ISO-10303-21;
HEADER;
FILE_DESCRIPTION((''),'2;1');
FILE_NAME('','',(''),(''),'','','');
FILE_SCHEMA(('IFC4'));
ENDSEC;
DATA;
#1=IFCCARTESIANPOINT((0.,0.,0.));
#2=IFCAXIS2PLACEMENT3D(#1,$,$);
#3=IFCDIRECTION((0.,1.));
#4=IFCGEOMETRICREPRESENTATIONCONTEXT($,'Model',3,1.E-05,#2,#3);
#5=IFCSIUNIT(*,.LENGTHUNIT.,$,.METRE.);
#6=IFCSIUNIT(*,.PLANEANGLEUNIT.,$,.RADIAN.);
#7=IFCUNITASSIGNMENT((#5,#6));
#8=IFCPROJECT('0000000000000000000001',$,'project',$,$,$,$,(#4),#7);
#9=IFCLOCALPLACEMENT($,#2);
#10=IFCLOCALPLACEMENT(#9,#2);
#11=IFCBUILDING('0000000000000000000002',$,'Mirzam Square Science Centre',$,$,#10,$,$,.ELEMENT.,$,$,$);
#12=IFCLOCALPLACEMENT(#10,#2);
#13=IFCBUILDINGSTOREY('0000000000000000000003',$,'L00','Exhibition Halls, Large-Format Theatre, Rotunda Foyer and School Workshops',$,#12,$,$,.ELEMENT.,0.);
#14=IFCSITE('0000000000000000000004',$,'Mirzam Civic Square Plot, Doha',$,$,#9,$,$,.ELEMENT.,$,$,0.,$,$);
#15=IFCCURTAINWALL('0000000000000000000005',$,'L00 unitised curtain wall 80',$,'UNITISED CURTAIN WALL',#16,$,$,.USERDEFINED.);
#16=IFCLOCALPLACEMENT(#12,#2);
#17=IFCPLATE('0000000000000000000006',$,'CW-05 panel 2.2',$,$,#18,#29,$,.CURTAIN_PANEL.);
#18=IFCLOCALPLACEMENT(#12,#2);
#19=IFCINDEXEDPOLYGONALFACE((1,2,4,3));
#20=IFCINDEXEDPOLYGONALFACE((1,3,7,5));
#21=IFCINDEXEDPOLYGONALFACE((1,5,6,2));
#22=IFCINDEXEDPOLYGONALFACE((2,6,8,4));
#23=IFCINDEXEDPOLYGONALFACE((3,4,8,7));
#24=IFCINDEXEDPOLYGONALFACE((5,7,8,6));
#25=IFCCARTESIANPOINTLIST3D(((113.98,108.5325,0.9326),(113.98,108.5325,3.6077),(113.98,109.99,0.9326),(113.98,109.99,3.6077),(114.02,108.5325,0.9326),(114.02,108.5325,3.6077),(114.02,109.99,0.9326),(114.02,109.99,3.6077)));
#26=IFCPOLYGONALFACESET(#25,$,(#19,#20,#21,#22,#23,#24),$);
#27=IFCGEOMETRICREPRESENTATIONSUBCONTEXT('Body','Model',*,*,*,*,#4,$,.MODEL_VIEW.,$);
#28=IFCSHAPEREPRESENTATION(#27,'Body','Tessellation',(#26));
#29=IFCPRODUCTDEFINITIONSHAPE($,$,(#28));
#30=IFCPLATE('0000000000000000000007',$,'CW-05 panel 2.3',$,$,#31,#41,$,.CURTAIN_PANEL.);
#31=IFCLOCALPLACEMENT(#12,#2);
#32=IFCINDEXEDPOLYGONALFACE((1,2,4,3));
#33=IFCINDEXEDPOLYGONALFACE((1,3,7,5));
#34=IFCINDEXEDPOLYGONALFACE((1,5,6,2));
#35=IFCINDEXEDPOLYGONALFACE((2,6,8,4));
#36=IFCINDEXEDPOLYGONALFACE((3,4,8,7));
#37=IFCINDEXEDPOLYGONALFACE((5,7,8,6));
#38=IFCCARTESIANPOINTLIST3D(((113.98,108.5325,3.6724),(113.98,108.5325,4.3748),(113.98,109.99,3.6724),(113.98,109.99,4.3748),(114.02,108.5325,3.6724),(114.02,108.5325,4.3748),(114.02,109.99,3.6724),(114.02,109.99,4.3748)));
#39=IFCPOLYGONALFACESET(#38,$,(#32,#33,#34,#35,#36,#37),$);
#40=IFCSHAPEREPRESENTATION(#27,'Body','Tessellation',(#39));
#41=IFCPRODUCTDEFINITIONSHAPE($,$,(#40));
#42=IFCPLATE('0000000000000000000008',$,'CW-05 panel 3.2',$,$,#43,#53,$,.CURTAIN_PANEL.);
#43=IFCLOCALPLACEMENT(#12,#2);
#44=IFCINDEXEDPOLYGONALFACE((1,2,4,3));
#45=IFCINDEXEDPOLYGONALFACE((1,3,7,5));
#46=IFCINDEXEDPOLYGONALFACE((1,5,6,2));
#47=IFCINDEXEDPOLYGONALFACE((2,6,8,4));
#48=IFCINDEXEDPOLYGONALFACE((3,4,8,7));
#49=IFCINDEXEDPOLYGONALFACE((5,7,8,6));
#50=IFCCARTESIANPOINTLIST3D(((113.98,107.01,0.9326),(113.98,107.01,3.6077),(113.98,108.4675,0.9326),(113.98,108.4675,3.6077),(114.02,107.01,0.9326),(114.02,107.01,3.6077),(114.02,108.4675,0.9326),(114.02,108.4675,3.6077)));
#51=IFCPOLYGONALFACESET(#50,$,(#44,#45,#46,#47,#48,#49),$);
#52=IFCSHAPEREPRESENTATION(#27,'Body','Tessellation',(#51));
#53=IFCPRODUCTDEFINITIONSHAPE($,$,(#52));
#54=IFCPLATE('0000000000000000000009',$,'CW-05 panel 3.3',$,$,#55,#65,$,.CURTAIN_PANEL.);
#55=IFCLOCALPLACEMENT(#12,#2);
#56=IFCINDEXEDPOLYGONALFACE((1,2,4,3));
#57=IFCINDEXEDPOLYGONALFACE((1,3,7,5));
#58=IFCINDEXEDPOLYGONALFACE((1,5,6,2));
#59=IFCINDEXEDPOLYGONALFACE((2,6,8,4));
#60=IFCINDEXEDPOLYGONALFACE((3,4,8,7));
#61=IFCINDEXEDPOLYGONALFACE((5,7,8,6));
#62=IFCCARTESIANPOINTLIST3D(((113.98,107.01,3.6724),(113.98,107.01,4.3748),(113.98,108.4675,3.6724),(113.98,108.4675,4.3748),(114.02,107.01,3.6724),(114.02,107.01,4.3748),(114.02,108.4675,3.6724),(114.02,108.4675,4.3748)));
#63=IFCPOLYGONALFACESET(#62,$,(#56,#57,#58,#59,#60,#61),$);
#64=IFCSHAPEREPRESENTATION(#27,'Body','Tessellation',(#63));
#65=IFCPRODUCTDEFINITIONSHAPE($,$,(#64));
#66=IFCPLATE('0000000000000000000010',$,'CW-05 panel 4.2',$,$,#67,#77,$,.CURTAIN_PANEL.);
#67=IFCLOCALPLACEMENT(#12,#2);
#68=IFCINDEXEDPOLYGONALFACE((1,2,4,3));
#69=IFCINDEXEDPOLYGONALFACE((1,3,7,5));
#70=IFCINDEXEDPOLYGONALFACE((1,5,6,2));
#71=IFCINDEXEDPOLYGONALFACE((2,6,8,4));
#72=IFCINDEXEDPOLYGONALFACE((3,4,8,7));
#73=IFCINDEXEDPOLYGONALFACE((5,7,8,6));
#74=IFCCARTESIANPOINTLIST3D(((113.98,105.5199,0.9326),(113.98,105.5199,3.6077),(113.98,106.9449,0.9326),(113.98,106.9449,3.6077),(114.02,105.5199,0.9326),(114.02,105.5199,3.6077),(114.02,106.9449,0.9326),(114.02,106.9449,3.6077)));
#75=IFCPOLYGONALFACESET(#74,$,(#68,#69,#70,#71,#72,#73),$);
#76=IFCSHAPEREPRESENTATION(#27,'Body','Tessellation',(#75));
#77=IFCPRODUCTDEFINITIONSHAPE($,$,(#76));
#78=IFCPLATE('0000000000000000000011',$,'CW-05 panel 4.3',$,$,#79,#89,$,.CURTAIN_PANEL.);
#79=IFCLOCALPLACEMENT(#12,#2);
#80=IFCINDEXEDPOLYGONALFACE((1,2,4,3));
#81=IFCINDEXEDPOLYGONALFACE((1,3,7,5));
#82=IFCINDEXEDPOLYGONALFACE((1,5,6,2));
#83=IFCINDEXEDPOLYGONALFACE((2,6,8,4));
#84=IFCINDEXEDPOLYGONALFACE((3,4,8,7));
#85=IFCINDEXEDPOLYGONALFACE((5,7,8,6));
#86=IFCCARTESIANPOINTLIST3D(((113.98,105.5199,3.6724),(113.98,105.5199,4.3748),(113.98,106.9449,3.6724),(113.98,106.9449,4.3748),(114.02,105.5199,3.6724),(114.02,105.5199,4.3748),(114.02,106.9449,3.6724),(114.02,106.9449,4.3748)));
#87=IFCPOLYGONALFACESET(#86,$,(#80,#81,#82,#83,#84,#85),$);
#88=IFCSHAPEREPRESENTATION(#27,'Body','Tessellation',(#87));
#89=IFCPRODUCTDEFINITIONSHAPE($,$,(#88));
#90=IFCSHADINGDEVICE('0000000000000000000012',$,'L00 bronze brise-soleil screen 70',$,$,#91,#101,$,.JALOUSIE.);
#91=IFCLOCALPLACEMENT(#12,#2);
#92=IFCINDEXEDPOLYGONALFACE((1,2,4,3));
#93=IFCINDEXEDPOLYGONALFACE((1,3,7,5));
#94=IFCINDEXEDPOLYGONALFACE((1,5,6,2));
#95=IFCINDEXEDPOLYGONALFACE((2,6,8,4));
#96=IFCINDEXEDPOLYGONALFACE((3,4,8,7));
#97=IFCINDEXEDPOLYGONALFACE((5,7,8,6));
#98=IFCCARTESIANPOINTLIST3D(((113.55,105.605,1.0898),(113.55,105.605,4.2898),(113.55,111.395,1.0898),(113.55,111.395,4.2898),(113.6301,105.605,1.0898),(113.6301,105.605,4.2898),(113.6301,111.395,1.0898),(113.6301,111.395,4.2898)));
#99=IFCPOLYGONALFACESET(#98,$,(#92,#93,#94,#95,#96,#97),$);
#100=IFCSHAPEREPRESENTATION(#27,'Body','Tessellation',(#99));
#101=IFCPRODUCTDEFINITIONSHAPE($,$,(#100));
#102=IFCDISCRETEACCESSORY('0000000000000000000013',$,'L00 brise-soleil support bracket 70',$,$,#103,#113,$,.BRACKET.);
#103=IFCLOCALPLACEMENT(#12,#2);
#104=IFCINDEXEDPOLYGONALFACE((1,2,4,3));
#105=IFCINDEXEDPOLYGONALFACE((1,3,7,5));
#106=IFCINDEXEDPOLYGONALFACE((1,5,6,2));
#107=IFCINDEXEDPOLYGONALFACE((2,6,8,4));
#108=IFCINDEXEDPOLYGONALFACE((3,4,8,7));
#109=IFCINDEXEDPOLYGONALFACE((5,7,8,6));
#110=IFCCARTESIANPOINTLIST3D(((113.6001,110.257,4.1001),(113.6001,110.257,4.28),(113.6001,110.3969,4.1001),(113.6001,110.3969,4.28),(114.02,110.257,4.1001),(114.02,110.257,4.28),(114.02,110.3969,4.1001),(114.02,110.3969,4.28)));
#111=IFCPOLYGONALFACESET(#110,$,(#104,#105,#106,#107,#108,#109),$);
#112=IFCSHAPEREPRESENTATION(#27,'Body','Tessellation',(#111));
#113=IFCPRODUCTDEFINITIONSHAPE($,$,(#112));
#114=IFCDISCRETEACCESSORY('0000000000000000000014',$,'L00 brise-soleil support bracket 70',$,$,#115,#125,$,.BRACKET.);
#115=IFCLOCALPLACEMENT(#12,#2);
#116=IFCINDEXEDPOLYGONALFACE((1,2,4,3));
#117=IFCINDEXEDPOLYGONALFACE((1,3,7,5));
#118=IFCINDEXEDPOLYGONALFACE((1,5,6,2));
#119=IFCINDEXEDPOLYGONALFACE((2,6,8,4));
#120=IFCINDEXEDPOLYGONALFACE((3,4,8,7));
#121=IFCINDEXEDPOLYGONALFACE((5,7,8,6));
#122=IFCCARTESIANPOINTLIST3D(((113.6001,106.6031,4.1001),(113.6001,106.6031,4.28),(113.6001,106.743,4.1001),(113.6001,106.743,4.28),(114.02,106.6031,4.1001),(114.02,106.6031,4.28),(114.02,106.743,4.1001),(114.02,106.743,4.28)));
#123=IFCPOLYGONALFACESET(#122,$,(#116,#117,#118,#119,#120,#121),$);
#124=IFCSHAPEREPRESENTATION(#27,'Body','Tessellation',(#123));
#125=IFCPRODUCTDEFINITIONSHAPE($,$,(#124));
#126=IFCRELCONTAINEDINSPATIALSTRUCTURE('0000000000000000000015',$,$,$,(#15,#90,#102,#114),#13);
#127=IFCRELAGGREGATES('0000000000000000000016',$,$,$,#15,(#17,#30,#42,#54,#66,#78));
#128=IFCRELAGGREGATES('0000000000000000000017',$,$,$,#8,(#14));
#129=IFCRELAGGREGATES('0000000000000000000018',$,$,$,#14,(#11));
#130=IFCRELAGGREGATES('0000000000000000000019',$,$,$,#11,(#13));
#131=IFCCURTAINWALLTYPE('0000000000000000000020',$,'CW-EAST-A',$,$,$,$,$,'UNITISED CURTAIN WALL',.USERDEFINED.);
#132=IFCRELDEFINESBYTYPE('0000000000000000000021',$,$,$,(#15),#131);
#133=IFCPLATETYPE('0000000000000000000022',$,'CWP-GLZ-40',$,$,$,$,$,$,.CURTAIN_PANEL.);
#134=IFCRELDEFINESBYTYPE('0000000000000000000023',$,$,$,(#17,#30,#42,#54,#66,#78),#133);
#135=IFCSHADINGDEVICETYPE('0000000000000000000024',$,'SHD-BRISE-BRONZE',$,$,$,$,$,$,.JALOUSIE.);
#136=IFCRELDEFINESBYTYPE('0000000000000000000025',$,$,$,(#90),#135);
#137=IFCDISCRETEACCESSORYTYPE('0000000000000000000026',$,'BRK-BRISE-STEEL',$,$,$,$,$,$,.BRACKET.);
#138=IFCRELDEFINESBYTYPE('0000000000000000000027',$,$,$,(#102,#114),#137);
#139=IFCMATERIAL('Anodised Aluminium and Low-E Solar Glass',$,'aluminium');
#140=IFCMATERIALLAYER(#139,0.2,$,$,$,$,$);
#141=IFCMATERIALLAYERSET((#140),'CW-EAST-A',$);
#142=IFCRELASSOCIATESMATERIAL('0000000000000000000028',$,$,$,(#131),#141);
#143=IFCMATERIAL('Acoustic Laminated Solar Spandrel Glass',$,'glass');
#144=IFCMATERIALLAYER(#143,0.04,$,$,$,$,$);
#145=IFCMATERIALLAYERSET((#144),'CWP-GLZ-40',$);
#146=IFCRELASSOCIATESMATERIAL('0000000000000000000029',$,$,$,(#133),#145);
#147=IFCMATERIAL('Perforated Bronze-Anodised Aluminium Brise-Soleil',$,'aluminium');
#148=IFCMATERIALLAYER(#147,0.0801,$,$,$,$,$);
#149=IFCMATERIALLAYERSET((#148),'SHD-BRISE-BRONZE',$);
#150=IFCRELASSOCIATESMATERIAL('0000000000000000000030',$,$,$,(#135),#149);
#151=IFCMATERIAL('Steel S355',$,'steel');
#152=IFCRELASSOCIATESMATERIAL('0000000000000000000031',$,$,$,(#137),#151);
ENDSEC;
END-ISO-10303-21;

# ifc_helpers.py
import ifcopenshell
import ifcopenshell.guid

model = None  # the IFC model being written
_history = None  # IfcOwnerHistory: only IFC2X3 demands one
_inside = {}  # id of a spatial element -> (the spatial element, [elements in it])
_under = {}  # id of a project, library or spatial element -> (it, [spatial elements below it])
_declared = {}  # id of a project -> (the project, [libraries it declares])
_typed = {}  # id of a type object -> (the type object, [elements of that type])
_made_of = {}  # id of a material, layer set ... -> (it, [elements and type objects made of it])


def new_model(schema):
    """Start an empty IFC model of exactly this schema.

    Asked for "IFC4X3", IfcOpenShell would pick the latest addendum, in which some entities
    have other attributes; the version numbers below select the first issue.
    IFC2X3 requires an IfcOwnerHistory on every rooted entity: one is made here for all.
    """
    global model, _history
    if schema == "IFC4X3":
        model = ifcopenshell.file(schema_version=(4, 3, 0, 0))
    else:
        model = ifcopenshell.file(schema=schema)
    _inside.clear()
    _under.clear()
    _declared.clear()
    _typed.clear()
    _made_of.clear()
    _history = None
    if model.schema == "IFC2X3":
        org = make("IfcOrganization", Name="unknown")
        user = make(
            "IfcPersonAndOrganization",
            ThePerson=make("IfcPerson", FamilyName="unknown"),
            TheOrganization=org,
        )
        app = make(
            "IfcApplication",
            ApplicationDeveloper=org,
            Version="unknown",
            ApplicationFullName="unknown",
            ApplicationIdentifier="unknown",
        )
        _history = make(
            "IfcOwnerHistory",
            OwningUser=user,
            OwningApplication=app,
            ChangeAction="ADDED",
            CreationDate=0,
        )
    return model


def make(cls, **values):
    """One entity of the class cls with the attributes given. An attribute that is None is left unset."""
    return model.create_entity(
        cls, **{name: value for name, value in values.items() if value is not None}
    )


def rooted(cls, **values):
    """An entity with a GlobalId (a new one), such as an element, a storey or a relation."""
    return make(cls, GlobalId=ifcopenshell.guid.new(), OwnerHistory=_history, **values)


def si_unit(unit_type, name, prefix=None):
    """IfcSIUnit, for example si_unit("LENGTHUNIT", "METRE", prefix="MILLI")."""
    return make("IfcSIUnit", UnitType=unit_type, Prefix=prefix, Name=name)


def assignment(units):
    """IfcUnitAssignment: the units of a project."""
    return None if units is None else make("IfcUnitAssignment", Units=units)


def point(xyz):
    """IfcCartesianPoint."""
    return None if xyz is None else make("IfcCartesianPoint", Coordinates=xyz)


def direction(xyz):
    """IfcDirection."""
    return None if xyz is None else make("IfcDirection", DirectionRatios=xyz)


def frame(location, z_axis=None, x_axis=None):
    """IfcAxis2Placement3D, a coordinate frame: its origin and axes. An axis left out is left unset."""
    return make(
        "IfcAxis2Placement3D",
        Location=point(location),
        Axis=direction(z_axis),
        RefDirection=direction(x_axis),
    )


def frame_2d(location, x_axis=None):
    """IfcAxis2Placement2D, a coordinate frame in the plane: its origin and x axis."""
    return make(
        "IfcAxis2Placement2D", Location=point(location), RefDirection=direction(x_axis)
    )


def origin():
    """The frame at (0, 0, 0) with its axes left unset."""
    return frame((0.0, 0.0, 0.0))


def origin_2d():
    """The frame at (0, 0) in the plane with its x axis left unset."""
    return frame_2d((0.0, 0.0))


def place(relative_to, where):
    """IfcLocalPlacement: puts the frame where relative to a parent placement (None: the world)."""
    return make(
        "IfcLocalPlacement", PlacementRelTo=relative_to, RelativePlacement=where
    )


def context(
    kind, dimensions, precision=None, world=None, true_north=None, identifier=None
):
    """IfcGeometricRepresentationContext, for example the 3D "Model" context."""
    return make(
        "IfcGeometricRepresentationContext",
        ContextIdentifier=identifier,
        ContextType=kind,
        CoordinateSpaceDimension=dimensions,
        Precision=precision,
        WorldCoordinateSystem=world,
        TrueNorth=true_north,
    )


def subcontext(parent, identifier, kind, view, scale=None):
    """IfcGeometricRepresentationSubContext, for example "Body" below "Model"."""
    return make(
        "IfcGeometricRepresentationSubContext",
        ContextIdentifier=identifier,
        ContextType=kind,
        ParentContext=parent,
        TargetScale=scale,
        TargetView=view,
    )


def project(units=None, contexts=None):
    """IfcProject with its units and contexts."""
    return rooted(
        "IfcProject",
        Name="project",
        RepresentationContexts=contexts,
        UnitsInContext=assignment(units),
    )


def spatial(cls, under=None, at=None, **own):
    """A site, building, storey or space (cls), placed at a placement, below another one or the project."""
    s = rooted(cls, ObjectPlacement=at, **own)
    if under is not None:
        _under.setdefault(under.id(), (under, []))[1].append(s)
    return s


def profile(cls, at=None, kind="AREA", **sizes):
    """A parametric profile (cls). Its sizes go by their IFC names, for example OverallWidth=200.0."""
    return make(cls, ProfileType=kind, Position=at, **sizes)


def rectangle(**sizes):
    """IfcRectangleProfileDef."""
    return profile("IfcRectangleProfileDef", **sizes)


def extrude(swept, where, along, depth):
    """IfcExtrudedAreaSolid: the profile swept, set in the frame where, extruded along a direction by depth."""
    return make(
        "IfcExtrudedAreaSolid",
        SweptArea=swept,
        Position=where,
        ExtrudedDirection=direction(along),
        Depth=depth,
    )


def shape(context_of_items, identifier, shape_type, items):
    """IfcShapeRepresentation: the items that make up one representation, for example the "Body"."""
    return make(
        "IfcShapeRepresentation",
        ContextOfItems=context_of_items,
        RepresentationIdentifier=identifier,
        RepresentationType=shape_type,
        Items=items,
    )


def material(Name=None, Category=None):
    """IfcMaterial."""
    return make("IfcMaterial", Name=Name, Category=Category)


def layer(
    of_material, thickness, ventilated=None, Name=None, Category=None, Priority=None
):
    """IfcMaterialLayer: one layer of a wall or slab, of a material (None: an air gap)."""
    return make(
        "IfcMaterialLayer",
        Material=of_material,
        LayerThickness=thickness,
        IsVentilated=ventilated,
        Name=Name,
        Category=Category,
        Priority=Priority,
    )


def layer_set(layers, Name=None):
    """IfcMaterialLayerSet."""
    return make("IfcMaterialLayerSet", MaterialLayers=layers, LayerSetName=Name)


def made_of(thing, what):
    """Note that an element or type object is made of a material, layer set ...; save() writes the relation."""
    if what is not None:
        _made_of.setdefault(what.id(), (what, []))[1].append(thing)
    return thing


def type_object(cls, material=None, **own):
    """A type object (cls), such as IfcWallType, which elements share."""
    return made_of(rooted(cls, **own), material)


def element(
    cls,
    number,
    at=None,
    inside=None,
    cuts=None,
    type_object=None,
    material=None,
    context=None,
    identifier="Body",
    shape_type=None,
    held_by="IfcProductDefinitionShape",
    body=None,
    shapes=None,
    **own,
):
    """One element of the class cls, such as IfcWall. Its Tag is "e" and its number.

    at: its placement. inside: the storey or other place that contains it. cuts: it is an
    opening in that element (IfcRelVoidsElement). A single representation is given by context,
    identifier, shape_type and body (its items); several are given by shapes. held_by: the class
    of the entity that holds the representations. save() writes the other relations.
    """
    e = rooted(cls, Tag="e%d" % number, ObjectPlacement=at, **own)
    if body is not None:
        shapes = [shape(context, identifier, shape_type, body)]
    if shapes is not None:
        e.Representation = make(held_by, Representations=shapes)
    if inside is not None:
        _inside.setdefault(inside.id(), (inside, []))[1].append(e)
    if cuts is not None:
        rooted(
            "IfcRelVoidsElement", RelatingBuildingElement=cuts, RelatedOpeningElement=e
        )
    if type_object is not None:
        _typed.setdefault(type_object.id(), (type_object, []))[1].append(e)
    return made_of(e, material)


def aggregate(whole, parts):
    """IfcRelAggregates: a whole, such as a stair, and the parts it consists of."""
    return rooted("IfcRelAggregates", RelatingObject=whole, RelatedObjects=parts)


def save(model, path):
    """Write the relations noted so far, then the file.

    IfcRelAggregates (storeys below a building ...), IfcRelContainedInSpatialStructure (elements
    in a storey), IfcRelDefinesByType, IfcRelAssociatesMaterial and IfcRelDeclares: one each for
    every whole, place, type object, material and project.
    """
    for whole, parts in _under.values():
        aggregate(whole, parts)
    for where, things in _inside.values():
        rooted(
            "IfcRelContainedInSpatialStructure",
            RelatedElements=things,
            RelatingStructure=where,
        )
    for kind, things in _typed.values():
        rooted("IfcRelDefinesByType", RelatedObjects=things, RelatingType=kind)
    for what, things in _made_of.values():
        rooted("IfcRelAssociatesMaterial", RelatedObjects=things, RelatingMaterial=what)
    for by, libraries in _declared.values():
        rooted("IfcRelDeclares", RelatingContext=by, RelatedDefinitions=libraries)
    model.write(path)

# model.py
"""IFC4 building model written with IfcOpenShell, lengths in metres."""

from ifc_helpers import new_model, si_unit, direction, frame, origin, origin_2d, place, context, subcontext, project, spatial, rectangle, extrude, material, layer, layer_set, type_object, element, aggregate, save


model = new_model("IFC4")

# Units and contexts
model_context = context("Model", 3, precision=1e-05, world=origin(), true_north=direction((0.0, 1.0)))
body_context = subcontext(model_context, "Body", "Model", "MODEL_VIEW")
ifc_project = project(units=[si_unit("LENGTHUNIT", "METRE"), si_unit("PLANEANGLEUNIT", "RADIAN")], contexts=[model_context])

# Site, building, storey
site_placement = place(None, origin())
site = spatial("IfcSite", under=ifc_project, at=site_placement, Name="Mirzam Civic Square Plot, Doha", CompositionType="ELEMENT", RefElevation=0.0)
building_placement = place(site_placement, origin())
building = spatial("IfcBuilding", under=site, at=building_placement, Name="Mirzam Square Science Centre", CompositionType="ELEMENT")
storey_placement = place(building_placement, origin())
storey = spatial("IfcBuildingStorey", under=building, at=storey_placement, Name="L00", Description="Exhibition Halls, Large-Format Theatre, Rotunda Foyer and School Workshops", CompositionType="ELEMENT", Elevation=0.0)

# Shared definitions
ifc_material_1 = material(Name="Anodised Aluminium and Low-E Solar Glass", Category="aluminium")

# Curtain wall, plates
ifc_layer_1 = layer(ifc_material_1, 0.2)
ifc_layer_set_1 = layer_set([ifc_layer_1], Name="CW-EAST-A")
curtain_wall_type_1 = type_object("IfcCurtainWallType", Name="CW-EAST-A", ElementType="UNITISED CURTAIN WALL", PredefinedType="USERDEFINED", material=ifc_layer_set_1)
curtain_wall_1_placement = place(storey_placement, origin())
curtain_wall_1 = element("IfcCurtainWall", 1, at=curtain_wall_1_placement, inside=storey, type_object=curtain_wall_type_1, Name="L00 unitised curtain wall 80", ObjectType="UNITISED CURTAIN WALL", PredefinedType="USERDEFINED")
ifc_material_2 = material(Name="Acoustic Laminated Solar Spandrel Glass", Category="glass")
ifc_layer_2 = layer(ifc_material_2, 0.04)
ifc_layer_set_2 = layer_set([ifc_layer_2], Name="CWP-GLZ-40")
plate_type = type_object("IfcPlateType", Name="CWP-GLZ-40", PredefinedType="CURTAIN_PANEL", material=ifc_layer_set_2)
plate_1_placement = place(storey_placement, frame((114.0, 109.2612, 0.9326), z_axis=(0.0, 0.0, 1.0), x_axis=(0.0, -1.0, 0.0)))
plate_1 = element("IfcPlate", 2, at=plate_1_placement, type_object=plate_type, Name="CW-05 panel 2.2", PredefinedType="CURTAIN_PANEL", context=body_context, shape_type="SweptSolid", body=[
    extrude(rectangle(XDim=1.4575, YDim=0.04, at=origin_2d()), origin(), (0.0, 0.0, 1.0), 2.675),
])
plate_2_placement = place(storey_placement, frame((114.0, 109.2612, 3.6724), z_axis=(0.0, 0.0, 1.0), x_axis=(0.0, -1.0, 0.0)))
plate_2 = element("IfcPlate", 3, at=plate_2_placement, type_object=plate_type, Name="CW-05 panel 2.3", PredefinedType="CURTAIN_PANEL", context=body_context, shape_type="SweptSolid", body=[
    extrude(rectangle(XDim=1.4575, YDim=0.04, at=origin_2d()), origin(), (0.0, 0.0, 1.0), 0.7024),
])
plate_3_placement = place(storey_placement, frame((114.0, 107.7388, 0.9326), z_axis=(0.0, 0.0, 1.0), x_axis=(0.0, -1.0, 0.0)))
plate_3 = element("IfcPlate", 4, at=plate_3_placement, type_object=plate_type, Name="CW-05 panel 3.2", PredefinedType="CURTAIN_PANEL", context=body_context, shape_type="SweptSolid", body=[
    extrude(rectangle(XDim=1.4575, YDim=0.04, at=origin_2d()), origin(), (0.0, 0.0, 1.0), 2.675),
])
plate_4_placement = place(storey_placement, frame((114.0, 107.7388, 3.6724), z_axis=(0.0, 0.0, 1.0), x_axis=(0.0, -1.0, 0.0)))
plate_4 = element("IfcPlate", 5, at=plate_4_placement, type_object=plate_type, Name="CW-05 panel 3.3", PredefinedType="CURTAIN_PANEL", context=body_context, shape_type="SweptSolid", body=[
    extrude(rectangle(XDim=1.4575, YDim=0.04, at=origin_2d()), origin(), (0.0, 0.0, 1.0), 0.7024),
])
plate_5_placement = place(storey_placement, frame((114.0, 106.2324, 0.9326), z_axis=(0.0, 0.0, 1.0), x_axis=(0.0, -1.0, 0.0)))
plate_5 = element("IfcPlate", 6, at=plate_5_placement, type_object=plate_type, Name="CW-05 panel 4.2", PredefinedType="CURTAIN_PANEL", context=body_context, shape_type="SweptSolid", body=[
    extrude(rectangle(XDim=1.425, YDim=0.04, at=origin_2d()), origin(), (0.0, 0.0, 1.0), 2.675),
])
plate_6_placement = place(storey_placement, frame((114.0, 106.2324, 3.6724), z_axis=(0.0, 0.0, 1.0), x_axis=(0.0, -1.0, 0.0)))
plate_6 = element("IfcPlate", 7, at=plate_6_placement, type_object=plate_type, Name="CW-05 panel 4.3", PredefinedType="CURTAIN_PANEL", context=body_context, shape_type="SweptSolid", body=[
    extrude(rectangle(XDim=1.425, YDim=0.04, at=origin_2d()), origin(), (0.0, 0.0, 1.0), 0.7024),
])
aggregate(curtain_wall_1, [plate_1, plate_2, plate_3, plate_4, plate_5, plate_6])

# Shading device
ifc_material_3 = material(Name="Perforated Bronze-Anodised Aluminium Brise-Soleil", Category="aluminium")
ifc_layer_3 = layer(ifc_material_3, 0.0801)
ifc_layer_set_3 = layer_set([ifc_layer_3], Name="SHD-BRISE-BRONZE")
shading_device_type = type_object("IfcShadingDeviceType", Name="SHD-BRISE-BRONZE", PredefinedType="JALOUSIE", material=ifc_layer_set_3)
shading_device_placement = place(storey_placement, frame((113.5901, 108.5, 1.0898), z_axis=(0.0, 0.0, 1.0), x_axis=(0.0, -1.0, 0.0)))
element("IfcShadingDevice", 8, at=shading_device_placement, inside=storey, type_object=shading_device_type, Name="L00 bronze brise-soleil screen 70", PredefinedType="JALOUSIE", context=body_context, shape_type="SweptSolid", body=[
    extrude(rectangle(XDim=5.79, YDim=0.0801, at=origin_2d()), origin(), (0.0, 0.0, 1.0), 3.2),
])

# Discrete accessories
ifc_material_4 = material(Name="Steel S355", Category="steel")
discrete_accessory_type = type_object("IfcDiscreteAccessoryType", Name="BRK-BRISE-STEEL", PredefinedType="BRACKET", material=ifc_material_4)
for number, where, z_axis, x_axis, name in (
    (9, (113.8101, 110.3269, 4.1001), (0.0, 0.0, 1.0), (0.0, -1.0, 0.0), "L00 brise-soleil support bracket 70"),
    (10, (113.8101, 106.6731, 4.1001), (0.0, 0.0, 1.0), (0.0, -1.0, 0.0), "L00 brise-soleil support bracket 70"),
):
    element("IfcDiscreteAccessory", number, at=place(storey_placement, frame(where, z_axis=z_axis, x_axis=x_axis)), inside=storey, type_object=discrete_accessory_type, Name=name, PredefinedType="BRACKET", context=body_context, shape_type="SweptSolid", body=[
        extrude(rectangle(XDim=0.1399, YDim=0.4199, at=origin_2d()), origin(), (0.0, 0.0, 1.0), 0.1799),
    ])

save(model, "model.ifc")
